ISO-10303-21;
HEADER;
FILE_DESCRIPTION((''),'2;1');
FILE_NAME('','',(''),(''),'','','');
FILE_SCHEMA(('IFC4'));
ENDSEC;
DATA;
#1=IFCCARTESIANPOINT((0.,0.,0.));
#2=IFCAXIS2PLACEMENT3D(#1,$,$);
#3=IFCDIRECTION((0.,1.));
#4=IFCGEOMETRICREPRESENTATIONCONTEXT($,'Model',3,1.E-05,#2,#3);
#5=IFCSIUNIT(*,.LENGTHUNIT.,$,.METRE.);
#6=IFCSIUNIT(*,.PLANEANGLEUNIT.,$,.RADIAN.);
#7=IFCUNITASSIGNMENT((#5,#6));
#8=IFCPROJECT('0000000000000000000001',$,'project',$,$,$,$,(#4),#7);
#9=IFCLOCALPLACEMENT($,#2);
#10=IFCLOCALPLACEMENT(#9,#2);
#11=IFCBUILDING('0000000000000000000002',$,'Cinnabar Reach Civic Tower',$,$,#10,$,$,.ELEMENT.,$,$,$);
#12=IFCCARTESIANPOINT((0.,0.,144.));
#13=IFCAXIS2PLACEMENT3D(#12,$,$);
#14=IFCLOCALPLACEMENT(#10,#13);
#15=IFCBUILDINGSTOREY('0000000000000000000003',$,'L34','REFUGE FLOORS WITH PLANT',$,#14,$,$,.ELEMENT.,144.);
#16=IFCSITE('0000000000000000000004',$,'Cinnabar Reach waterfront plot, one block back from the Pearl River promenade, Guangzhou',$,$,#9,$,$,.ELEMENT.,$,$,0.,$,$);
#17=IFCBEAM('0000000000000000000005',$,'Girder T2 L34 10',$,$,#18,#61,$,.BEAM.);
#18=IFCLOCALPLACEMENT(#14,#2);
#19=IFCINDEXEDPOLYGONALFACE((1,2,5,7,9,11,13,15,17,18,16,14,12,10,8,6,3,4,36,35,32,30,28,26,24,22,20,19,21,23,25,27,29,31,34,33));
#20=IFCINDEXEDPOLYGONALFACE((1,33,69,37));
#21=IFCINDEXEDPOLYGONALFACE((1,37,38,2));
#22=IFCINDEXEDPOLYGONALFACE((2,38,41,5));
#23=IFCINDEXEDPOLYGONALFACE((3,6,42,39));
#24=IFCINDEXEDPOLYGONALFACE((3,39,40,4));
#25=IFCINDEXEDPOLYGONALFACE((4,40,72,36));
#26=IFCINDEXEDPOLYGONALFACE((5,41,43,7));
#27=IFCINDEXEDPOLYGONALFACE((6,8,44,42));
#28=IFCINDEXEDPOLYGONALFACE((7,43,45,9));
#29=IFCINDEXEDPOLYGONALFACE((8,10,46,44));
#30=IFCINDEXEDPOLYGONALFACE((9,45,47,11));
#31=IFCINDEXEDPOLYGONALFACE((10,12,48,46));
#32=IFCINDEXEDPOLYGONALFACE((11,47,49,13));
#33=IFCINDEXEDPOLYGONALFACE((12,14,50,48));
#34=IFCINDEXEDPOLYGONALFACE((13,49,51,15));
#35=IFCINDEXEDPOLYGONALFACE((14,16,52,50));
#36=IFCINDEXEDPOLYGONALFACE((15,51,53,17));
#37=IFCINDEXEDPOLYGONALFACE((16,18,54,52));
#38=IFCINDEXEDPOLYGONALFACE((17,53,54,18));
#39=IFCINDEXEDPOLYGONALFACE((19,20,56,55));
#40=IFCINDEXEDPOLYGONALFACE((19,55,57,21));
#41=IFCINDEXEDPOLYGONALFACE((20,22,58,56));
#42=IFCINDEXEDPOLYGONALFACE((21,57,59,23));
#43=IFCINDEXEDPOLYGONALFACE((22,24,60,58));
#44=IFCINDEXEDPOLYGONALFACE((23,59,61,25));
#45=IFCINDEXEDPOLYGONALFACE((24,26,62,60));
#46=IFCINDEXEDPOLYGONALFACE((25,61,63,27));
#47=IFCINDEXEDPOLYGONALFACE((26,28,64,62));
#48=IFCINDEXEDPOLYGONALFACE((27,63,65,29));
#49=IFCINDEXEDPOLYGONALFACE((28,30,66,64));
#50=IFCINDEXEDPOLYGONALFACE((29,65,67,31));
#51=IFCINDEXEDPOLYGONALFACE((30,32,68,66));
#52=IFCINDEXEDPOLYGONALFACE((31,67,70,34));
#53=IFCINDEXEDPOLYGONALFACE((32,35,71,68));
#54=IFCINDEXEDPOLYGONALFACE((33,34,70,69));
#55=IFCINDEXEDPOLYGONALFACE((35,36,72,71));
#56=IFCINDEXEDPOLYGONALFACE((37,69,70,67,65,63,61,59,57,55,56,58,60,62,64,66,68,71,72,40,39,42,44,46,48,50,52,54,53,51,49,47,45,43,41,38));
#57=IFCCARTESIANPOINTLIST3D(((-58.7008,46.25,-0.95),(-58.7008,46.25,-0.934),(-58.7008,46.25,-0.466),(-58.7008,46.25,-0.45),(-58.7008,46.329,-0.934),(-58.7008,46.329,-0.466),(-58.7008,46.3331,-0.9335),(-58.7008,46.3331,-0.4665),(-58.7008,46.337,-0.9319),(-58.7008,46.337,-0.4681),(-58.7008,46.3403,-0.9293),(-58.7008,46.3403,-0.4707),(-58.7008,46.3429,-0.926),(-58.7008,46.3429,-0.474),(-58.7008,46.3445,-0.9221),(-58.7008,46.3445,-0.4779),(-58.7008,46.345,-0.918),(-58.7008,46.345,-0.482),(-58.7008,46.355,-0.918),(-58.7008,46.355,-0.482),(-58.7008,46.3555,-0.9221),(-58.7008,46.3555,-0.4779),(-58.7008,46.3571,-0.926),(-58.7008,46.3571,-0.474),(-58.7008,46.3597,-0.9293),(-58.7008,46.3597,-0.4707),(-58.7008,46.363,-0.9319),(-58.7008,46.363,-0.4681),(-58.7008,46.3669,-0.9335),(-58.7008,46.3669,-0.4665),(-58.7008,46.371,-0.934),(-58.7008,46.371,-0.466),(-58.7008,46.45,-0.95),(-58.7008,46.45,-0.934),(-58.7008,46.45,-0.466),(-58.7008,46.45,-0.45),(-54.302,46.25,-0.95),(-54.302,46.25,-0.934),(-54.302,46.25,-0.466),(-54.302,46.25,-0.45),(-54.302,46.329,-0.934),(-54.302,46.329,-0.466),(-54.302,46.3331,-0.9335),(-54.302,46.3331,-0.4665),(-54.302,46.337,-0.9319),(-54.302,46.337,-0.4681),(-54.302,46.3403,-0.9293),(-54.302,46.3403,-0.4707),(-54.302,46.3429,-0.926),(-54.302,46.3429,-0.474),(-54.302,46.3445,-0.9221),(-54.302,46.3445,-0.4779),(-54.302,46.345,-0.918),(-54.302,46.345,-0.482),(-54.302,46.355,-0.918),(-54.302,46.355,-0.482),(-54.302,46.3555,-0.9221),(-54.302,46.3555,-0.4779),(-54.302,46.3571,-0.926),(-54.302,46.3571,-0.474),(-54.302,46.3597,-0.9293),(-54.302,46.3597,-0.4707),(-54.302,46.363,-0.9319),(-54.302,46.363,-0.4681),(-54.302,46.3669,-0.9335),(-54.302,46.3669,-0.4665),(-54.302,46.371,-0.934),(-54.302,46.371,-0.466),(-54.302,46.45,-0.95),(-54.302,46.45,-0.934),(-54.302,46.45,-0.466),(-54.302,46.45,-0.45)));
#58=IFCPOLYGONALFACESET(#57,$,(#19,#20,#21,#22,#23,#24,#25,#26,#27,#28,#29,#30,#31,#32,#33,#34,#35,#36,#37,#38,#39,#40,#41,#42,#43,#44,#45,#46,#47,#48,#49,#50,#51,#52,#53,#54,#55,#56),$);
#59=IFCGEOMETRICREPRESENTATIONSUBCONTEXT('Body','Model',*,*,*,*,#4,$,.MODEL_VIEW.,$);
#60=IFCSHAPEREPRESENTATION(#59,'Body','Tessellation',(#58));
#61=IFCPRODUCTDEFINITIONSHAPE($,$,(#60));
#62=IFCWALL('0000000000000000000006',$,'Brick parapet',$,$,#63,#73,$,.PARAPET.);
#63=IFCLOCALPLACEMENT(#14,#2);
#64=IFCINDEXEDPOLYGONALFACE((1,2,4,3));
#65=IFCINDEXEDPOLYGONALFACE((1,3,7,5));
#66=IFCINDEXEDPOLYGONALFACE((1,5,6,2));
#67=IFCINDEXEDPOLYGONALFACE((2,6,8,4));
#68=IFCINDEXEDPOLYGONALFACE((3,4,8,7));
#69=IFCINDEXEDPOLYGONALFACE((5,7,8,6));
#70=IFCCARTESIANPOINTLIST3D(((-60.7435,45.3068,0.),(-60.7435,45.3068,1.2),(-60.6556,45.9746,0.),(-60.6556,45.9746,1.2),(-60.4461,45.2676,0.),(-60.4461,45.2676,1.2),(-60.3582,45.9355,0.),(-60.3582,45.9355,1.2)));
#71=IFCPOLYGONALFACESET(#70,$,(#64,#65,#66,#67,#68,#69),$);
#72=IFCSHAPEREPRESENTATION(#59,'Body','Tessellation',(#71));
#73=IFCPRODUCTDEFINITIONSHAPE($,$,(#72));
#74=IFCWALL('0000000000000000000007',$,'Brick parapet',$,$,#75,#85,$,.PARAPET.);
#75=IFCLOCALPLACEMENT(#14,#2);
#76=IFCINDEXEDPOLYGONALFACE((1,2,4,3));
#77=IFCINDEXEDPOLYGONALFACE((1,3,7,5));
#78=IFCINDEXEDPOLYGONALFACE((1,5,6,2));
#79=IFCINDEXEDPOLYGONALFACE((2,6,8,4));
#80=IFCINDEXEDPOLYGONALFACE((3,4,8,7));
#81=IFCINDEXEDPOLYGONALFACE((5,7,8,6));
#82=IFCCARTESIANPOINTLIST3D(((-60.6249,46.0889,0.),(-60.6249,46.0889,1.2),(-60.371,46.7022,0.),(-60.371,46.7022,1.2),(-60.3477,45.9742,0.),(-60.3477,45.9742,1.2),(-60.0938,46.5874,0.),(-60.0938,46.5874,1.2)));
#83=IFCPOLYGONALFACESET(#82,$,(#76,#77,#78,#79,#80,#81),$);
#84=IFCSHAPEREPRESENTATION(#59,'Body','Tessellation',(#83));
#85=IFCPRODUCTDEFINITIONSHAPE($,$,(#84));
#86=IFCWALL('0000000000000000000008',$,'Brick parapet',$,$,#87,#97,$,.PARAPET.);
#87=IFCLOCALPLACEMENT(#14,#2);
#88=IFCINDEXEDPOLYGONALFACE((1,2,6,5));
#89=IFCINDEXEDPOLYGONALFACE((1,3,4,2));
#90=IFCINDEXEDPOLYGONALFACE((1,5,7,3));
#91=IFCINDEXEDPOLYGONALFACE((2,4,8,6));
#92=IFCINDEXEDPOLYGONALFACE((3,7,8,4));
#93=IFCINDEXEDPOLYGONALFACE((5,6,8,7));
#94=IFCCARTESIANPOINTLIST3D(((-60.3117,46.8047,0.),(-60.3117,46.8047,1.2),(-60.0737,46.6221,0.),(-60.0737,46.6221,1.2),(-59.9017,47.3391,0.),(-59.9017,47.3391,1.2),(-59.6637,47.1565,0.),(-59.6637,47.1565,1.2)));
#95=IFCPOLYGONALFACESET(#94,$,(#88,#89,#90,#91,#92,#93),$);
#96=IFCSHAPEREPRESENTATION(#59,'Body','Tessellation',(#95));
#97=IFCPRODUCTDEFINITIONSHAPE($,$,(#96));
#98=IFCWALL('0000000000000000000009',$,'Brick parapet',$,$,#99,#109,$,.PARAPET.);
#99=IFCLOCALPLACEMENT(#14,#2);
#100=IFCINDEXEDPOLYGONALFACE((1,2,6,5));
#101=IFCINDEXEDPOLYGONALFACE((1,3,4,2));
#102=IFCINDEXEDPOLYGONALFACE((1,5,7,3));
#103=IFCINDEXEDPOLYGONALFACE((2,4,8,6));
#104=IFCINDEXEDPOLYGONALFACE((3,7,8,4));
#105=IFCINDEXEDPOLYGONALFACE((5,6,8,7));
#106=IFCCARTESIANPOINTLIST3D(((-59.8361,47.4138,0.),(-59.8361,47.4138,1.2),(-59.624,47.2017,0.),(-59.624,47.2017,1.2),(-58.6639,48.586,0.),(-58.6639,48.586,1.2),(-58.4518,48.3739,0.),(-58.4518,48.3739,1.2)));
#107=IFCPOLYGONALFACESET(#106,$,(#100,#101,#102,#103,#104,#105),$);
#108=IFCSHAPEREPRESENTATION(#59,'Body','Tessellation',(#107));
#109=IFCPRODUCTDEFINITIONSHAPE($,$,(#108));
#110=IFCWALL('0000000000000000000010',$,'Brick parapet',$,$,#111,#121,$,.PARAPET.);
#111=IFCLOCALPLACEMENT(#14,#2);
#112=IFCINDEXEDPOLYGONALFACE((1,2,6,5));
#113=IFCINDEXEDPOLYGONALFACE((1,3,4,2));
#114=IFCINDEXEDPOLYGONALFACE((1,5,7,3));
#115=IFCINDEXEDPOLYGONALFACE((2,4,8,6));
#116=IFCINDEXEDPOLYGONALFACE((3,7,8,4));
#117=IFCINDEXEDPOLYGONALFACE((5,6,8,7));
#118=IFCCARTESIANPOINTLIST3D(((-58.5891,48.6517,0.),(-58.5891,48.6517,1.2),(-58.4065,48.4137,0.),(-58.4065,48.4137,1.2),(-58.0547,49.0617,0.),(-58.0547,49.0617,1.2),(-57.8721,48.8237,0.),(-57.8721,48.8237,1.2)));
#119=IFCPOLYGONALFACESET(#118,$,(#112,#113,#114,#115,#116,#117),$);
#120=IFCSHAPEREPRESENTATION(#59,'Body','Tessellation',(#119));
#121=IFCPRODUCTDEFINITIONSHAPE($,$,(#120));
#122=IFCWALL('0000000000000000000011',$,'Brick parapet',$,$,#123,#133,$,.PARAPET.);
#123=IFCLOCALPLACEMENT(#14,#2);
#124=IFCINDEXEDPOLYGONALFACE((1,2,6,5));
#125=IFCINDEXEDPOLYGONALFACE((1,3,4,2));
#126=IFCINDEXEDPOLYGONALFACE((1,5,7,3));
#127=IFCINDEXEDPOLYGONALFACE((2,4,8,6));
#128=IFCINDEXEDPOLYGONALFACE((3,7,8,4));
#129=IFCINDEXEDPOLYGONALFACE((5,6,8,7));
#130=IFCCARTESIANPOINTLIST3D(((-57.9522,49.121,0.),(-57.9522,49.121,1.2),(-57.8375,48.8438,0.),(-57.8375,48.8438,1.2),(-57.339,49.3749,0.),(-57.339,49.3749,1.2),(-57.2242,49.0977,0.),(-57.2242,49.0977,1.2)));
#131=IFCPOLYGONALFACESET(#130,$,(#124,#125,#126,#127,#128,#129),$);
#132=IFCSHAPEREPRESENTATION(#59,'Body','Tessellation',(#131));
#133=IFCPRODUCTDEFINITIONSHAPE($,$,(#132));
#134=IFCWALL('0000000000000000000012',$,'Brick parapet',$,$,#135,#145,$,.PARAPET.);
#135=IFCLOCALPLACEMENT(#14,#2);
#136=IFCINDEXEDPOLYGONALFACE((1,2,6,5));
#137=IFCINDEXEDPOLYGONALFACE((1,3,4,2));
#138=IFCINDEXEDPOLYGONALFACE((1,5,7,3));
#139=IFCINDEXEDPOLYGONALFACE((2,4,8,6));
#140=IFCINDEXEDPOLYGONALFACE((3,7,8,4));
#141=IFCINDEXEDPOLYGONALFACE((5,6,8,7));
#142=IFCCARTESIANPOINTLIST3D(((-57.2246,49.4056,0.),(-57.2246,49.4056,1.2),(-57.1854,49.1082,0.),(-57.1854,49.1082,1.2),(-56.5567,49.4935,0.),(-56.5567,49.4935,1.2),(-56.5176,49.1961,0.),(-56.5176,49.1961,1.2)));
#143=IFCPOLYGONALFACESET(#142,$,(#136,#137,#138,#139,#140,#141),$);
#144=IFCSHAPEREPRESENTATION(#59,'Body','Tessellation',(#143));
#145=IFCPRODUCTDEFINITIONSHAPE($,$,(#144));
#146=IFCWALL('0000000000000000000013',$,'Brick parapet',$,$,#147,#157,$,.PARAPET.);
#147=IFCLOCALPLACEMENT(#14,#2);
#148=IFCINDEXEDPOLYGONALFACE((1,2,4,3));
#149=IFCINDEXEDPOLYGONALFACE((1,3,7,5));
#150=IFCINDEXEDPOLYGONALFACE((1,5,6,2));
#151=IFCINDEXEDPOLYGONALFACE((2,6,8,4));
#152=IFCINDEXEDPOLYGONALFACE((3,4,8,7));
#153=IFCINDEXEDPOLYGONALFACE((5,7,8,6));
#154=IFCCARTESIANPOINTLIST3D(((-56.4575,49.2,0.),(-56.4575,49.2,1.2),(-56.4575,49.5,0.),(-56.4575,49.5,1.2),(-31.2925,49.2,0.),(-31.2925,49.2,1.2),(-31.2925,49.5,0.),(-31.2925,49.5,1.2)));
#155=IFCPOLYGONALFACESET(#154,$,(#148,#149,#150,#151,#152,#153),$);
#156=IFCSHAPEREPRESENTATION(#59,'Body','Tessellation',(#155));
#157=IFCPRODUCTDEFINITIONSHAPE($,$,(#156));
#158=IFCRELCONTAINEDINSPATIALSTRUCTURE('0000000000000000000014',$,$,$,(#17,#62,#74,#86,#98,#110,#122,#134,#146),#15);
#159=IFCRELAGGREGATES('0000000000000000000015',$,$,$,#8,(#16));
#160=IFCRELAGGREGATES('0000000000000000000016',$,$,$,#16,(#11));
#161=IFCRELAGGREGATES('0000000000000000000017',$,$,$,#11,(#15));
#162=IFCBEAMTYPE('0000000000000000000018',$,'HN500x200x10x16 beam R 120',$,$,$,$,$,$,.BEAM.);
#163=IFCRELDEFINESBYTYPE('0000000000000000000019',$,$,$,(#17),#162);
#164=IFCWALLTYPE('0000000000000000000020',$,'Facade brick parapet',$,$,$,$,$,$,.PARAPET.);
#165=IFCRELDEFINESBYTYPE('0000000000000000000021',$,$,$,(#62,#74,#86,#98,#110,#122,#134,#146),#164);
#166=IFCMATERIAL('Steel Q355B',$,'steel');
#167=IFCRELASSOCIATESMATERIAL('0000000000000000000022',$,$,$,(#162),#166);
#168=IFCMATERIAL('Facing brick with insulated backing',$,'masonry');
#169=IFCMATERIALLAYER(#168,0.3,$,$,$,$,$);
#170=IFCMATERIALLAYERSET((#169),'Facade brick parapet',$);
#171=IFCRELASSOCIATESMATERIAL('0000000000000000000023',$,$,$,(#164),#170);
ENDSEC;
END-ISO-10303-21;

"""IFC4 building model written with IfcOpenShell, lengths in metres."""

from ifc_helpers import new_model, si_unit, direction, frame, frame_2d, origin, origin_2d, place, context, subcontext, project, spatial, rectangle, i_section, extrude, material, layer, layer_set, material_profile, profile_set, type_object, element, save


model = new_model("IFC4")

# Units and contexts
model_context = context("Model", 3, precision=1e-05, world=origin(), true_north=direction((0.0, 1.0)))
body_context = subcontext(model_context, "Body", "Model", "MODEL_VIEW")
ifc_project = project(units=[si_unit("LENGTHUNIT", "METRE"), si_unit("PLANEANGLEUNIT", "RADIAN")], contexts=[model_context])

# Site, building, storey
site_placement = place(None, origin())
site = spatial("IfcSite", under=ifc_project, at=site_placement, Name="Cinnabar Reach waterfront plot, one block back from the Pearl River promenade, Guangzhou", CompositionType="ELEMENT", RefElevation=0.0)
building_placement = place(site_placement, origin())
building = spatial("IfcBuilding", under=site, at=building_placement, Name="Cinnabar Reach Civic Tower", CompositionType="ELEMENT")
storey_placement = place(building_placement, frame((0.0, 0.0, 144.0)))
storey = spatial("IfcBuildingStorey", under=building, at=storey_placement, Name="L34", Description="REFUGE FLOORS WITH PLANT", CompositionType="ELEMENT", Elevation=144.0)

# Beam
ifc_material_1 = material(Name="Steel Q355B", Category="steel")
ifc_material_profile_1 = material_profile(ifc_material_1, i_section(OverallWidth=0.2, OverallDepth=0.5, WebThickness=0.01, FlangeThickness=0.016, FilletRadius=0.016, at=origin_2d()), Name="HN500x200x10x16")
ifc_profile_set_1 = profile_set([ifc_material_profile_1], Name="Steel Q355B")
beam_type_1 = type_object("IfcBeamType", Name="HN500x200x10x16 beam R 120", PredefinedType="BEAM", material=ifc_profile_set_1)
beam_1_placement = place(storey_placement, frame((-58.7008, 46.35, -0.7), z_axis=(1.0, 0.0, 0.0), x_axis=(0.0, 1.0, 0.0)))
element("IfcBeam", 1, at=beam_1_placement, inside=storey, type_object=beam_type_1, Name="Girder T2 L34 10", PredefinedType="BEAM", context=body_context, shape_type="SweptSolid", body=[
    extrude(i_section(OverallWidth=0.2, OverallDepth=0.5, WebThickness=0.01, FlangeThickness=0.016, FilletRadius=0.016, at=origin_2d()), origin(), (0.0, 0.0, 1.0), 4.3988),
])

# Walls
ifc_material_2 = material(Name="Facing brick with insulated backing", Category="masonry")
ifc_layer = layer(ifc_material_2, 0.3)
ifc_layer_set = layer_set([ifc_layer], Name="Facade brick parapet")
wall_type = type_object("IfcWallType", Name="Facade brick parapet", PredefinedType="PARAPET", material=ifc_layer_set)
wall_1_placement = place(storey_placement, frame((-60.5948, 45.2872, 0.0), z_axis=(0.0, 0.0, 1.0), x_axis=(0.130501, 0.991448, 0.0)))
element("IfcWall", 2, at=wall_1_placement, inside=storey, type_object=wall_type, Name="Brick parapet", PredefinedType="PARAPET", context=body_context, shape_type="SweptSolid", body=[
    extrude(rectangle(XDim=0.6736, YDim=0.3, at=frame_2d((0.3368, 0.0))), origin(), (0.0, 0.0, 1.0), 1.2),
])
wall_2_placement = place(storey_placement, frame((-60.4863, 46.0316, 0.0), z_axis=(0.0, 0.0, 1.0), x_axis=(0.38256, 0.923931, 0.0)))
element("IfcWall", 3, at=wall_2_placement, inside=storey, type_object=wall_type, Name="Brick parapet", PredefinedType="PARAPET", context=body_context, shape_type="SweptSolid", body=[
    extrude(rectangle(XDim=0.6637, YDim=0.3, at=frame_2d((0.3318, 0.0))), origin(), (0.0, 0.0, 1.0), 1.2),
])
wall_3_placement = place(storey_placement, frame((-60.1927, 46.7134, 0.0), z_axis=(0.0, 0.0, 1.0), x_axis=(0.608706, 0.793396, 0.0)))
element("IfcWall", 4, at=wall_3_placement, inside=storey, type_object=wall_type, Name="Brick parapet", PredefinedType="PARAPET", context=body_context, shape_type="SweptSolid", body=[
    extrude(rectangle(XDim=0.6736, YDim=0.3, at=frame_2d((0.3368, 0.0))), origin(), (0.0, 0.0, 1.0), 1.2),
])
wall_4_placement = place(storey_placement, frame((-59.73, 47.3078, 0.0), z_axis=(0.0, 0.0, 1.0), x_axis=(0.707107, 0.707107, 0.0)))
element("IfcWall", 5, at=wall_4_placement, inside=storey, type_object=wall_type, Name="Brick parapet", PredefinedType="PARAPET", context=body_context, shape_type="SweptSolid", body=[
    extrude(rectangle(XDim=1.6577, YDim=0.3, at=frame_2d((0.8288, 0.0))), origin(), (0.0, 0.0, 1.0), 1.2),
])
wall_5_placement = place(storey_placement, frame((-58.4978, 48.5327, 0.0), z_axis=(0.0, 0.0, 1.0), x_axis=(0.793396, 0.608706, 0.0)))
element("IfcWall", 6, at=wall_5_placement, inside=storey, type_object=wall_type, Name="Brick parapet", PredefinedType="PARAPET", context=body_context, shape_type="SweptSolid", body=[
    extrude(rectangle(XDim=0.6736, YDim=0.3, at=frame_2d((0.3368, 0.0))), origin(), (0.0, 0.0, 1.0), 1.2),
])
wall_6_placement = place(storey_placement, frame((-57.8948, 48.9824, 0.0), z_axis=(0.0, 0.0, 1.0), x_axis=(0.923931, 0.38256, 0.0)))
element("IfcWall", 7, at=wall_6_placement, inside=storey, type_object=wall_type, Name="Brick parapet", PredefinedType="PARAPET", context=body_context, shape_type="SweptSolid", body=[
    extrude(rectangle(XDim=0.6637, YDim=0.3, at=frame_2d((0.3318, 0.0))), origin(), (0.0, 0.0, 1.0), 1.2),
])
wall_7_placement = place(storey_placement, frame((-57.205, 49.2569, 0.0), z_axis=(0.0, 0.0, 1.0), x_axis=(0.991448, 0.130501, 0.0)))
element("IfcWall", 8, at=wall_7_placement, inside=storey, type_object=wall_type, Name="Brick parapet", PredefinedType="PARAPET", context=body_context, shape_type="SweptSolid", body=[
    extrude(rectangle(XDim=0.6736, YDim=0.3, at=frame_2d((0.3368, 0.0))), origin(), (0.0, 0.0, 1.0), 1.2),
])
wall_8_placement = place(storey_placement, frame((-56.4575, 49.35, 0.0), z_axis=(0.0, 0.0, 1.0), x_axis=(1.0, 0.0, 0.0)))
element("IfcWall", 9, at=wall_8_placement, inside=storey, type_object=wall_type, Name="Brick parapet", PredefinedType="PARAPET", context=body_context, shape_type="SweptSolid", body=[
    extrude(rectangle(XDim=25.165, YDim=0.3, at=frame_2d((12.5825, 0.0))), origin(), (0.0, 0.0, 1.0), 1.2),
])

save(model, "model.ifc")
